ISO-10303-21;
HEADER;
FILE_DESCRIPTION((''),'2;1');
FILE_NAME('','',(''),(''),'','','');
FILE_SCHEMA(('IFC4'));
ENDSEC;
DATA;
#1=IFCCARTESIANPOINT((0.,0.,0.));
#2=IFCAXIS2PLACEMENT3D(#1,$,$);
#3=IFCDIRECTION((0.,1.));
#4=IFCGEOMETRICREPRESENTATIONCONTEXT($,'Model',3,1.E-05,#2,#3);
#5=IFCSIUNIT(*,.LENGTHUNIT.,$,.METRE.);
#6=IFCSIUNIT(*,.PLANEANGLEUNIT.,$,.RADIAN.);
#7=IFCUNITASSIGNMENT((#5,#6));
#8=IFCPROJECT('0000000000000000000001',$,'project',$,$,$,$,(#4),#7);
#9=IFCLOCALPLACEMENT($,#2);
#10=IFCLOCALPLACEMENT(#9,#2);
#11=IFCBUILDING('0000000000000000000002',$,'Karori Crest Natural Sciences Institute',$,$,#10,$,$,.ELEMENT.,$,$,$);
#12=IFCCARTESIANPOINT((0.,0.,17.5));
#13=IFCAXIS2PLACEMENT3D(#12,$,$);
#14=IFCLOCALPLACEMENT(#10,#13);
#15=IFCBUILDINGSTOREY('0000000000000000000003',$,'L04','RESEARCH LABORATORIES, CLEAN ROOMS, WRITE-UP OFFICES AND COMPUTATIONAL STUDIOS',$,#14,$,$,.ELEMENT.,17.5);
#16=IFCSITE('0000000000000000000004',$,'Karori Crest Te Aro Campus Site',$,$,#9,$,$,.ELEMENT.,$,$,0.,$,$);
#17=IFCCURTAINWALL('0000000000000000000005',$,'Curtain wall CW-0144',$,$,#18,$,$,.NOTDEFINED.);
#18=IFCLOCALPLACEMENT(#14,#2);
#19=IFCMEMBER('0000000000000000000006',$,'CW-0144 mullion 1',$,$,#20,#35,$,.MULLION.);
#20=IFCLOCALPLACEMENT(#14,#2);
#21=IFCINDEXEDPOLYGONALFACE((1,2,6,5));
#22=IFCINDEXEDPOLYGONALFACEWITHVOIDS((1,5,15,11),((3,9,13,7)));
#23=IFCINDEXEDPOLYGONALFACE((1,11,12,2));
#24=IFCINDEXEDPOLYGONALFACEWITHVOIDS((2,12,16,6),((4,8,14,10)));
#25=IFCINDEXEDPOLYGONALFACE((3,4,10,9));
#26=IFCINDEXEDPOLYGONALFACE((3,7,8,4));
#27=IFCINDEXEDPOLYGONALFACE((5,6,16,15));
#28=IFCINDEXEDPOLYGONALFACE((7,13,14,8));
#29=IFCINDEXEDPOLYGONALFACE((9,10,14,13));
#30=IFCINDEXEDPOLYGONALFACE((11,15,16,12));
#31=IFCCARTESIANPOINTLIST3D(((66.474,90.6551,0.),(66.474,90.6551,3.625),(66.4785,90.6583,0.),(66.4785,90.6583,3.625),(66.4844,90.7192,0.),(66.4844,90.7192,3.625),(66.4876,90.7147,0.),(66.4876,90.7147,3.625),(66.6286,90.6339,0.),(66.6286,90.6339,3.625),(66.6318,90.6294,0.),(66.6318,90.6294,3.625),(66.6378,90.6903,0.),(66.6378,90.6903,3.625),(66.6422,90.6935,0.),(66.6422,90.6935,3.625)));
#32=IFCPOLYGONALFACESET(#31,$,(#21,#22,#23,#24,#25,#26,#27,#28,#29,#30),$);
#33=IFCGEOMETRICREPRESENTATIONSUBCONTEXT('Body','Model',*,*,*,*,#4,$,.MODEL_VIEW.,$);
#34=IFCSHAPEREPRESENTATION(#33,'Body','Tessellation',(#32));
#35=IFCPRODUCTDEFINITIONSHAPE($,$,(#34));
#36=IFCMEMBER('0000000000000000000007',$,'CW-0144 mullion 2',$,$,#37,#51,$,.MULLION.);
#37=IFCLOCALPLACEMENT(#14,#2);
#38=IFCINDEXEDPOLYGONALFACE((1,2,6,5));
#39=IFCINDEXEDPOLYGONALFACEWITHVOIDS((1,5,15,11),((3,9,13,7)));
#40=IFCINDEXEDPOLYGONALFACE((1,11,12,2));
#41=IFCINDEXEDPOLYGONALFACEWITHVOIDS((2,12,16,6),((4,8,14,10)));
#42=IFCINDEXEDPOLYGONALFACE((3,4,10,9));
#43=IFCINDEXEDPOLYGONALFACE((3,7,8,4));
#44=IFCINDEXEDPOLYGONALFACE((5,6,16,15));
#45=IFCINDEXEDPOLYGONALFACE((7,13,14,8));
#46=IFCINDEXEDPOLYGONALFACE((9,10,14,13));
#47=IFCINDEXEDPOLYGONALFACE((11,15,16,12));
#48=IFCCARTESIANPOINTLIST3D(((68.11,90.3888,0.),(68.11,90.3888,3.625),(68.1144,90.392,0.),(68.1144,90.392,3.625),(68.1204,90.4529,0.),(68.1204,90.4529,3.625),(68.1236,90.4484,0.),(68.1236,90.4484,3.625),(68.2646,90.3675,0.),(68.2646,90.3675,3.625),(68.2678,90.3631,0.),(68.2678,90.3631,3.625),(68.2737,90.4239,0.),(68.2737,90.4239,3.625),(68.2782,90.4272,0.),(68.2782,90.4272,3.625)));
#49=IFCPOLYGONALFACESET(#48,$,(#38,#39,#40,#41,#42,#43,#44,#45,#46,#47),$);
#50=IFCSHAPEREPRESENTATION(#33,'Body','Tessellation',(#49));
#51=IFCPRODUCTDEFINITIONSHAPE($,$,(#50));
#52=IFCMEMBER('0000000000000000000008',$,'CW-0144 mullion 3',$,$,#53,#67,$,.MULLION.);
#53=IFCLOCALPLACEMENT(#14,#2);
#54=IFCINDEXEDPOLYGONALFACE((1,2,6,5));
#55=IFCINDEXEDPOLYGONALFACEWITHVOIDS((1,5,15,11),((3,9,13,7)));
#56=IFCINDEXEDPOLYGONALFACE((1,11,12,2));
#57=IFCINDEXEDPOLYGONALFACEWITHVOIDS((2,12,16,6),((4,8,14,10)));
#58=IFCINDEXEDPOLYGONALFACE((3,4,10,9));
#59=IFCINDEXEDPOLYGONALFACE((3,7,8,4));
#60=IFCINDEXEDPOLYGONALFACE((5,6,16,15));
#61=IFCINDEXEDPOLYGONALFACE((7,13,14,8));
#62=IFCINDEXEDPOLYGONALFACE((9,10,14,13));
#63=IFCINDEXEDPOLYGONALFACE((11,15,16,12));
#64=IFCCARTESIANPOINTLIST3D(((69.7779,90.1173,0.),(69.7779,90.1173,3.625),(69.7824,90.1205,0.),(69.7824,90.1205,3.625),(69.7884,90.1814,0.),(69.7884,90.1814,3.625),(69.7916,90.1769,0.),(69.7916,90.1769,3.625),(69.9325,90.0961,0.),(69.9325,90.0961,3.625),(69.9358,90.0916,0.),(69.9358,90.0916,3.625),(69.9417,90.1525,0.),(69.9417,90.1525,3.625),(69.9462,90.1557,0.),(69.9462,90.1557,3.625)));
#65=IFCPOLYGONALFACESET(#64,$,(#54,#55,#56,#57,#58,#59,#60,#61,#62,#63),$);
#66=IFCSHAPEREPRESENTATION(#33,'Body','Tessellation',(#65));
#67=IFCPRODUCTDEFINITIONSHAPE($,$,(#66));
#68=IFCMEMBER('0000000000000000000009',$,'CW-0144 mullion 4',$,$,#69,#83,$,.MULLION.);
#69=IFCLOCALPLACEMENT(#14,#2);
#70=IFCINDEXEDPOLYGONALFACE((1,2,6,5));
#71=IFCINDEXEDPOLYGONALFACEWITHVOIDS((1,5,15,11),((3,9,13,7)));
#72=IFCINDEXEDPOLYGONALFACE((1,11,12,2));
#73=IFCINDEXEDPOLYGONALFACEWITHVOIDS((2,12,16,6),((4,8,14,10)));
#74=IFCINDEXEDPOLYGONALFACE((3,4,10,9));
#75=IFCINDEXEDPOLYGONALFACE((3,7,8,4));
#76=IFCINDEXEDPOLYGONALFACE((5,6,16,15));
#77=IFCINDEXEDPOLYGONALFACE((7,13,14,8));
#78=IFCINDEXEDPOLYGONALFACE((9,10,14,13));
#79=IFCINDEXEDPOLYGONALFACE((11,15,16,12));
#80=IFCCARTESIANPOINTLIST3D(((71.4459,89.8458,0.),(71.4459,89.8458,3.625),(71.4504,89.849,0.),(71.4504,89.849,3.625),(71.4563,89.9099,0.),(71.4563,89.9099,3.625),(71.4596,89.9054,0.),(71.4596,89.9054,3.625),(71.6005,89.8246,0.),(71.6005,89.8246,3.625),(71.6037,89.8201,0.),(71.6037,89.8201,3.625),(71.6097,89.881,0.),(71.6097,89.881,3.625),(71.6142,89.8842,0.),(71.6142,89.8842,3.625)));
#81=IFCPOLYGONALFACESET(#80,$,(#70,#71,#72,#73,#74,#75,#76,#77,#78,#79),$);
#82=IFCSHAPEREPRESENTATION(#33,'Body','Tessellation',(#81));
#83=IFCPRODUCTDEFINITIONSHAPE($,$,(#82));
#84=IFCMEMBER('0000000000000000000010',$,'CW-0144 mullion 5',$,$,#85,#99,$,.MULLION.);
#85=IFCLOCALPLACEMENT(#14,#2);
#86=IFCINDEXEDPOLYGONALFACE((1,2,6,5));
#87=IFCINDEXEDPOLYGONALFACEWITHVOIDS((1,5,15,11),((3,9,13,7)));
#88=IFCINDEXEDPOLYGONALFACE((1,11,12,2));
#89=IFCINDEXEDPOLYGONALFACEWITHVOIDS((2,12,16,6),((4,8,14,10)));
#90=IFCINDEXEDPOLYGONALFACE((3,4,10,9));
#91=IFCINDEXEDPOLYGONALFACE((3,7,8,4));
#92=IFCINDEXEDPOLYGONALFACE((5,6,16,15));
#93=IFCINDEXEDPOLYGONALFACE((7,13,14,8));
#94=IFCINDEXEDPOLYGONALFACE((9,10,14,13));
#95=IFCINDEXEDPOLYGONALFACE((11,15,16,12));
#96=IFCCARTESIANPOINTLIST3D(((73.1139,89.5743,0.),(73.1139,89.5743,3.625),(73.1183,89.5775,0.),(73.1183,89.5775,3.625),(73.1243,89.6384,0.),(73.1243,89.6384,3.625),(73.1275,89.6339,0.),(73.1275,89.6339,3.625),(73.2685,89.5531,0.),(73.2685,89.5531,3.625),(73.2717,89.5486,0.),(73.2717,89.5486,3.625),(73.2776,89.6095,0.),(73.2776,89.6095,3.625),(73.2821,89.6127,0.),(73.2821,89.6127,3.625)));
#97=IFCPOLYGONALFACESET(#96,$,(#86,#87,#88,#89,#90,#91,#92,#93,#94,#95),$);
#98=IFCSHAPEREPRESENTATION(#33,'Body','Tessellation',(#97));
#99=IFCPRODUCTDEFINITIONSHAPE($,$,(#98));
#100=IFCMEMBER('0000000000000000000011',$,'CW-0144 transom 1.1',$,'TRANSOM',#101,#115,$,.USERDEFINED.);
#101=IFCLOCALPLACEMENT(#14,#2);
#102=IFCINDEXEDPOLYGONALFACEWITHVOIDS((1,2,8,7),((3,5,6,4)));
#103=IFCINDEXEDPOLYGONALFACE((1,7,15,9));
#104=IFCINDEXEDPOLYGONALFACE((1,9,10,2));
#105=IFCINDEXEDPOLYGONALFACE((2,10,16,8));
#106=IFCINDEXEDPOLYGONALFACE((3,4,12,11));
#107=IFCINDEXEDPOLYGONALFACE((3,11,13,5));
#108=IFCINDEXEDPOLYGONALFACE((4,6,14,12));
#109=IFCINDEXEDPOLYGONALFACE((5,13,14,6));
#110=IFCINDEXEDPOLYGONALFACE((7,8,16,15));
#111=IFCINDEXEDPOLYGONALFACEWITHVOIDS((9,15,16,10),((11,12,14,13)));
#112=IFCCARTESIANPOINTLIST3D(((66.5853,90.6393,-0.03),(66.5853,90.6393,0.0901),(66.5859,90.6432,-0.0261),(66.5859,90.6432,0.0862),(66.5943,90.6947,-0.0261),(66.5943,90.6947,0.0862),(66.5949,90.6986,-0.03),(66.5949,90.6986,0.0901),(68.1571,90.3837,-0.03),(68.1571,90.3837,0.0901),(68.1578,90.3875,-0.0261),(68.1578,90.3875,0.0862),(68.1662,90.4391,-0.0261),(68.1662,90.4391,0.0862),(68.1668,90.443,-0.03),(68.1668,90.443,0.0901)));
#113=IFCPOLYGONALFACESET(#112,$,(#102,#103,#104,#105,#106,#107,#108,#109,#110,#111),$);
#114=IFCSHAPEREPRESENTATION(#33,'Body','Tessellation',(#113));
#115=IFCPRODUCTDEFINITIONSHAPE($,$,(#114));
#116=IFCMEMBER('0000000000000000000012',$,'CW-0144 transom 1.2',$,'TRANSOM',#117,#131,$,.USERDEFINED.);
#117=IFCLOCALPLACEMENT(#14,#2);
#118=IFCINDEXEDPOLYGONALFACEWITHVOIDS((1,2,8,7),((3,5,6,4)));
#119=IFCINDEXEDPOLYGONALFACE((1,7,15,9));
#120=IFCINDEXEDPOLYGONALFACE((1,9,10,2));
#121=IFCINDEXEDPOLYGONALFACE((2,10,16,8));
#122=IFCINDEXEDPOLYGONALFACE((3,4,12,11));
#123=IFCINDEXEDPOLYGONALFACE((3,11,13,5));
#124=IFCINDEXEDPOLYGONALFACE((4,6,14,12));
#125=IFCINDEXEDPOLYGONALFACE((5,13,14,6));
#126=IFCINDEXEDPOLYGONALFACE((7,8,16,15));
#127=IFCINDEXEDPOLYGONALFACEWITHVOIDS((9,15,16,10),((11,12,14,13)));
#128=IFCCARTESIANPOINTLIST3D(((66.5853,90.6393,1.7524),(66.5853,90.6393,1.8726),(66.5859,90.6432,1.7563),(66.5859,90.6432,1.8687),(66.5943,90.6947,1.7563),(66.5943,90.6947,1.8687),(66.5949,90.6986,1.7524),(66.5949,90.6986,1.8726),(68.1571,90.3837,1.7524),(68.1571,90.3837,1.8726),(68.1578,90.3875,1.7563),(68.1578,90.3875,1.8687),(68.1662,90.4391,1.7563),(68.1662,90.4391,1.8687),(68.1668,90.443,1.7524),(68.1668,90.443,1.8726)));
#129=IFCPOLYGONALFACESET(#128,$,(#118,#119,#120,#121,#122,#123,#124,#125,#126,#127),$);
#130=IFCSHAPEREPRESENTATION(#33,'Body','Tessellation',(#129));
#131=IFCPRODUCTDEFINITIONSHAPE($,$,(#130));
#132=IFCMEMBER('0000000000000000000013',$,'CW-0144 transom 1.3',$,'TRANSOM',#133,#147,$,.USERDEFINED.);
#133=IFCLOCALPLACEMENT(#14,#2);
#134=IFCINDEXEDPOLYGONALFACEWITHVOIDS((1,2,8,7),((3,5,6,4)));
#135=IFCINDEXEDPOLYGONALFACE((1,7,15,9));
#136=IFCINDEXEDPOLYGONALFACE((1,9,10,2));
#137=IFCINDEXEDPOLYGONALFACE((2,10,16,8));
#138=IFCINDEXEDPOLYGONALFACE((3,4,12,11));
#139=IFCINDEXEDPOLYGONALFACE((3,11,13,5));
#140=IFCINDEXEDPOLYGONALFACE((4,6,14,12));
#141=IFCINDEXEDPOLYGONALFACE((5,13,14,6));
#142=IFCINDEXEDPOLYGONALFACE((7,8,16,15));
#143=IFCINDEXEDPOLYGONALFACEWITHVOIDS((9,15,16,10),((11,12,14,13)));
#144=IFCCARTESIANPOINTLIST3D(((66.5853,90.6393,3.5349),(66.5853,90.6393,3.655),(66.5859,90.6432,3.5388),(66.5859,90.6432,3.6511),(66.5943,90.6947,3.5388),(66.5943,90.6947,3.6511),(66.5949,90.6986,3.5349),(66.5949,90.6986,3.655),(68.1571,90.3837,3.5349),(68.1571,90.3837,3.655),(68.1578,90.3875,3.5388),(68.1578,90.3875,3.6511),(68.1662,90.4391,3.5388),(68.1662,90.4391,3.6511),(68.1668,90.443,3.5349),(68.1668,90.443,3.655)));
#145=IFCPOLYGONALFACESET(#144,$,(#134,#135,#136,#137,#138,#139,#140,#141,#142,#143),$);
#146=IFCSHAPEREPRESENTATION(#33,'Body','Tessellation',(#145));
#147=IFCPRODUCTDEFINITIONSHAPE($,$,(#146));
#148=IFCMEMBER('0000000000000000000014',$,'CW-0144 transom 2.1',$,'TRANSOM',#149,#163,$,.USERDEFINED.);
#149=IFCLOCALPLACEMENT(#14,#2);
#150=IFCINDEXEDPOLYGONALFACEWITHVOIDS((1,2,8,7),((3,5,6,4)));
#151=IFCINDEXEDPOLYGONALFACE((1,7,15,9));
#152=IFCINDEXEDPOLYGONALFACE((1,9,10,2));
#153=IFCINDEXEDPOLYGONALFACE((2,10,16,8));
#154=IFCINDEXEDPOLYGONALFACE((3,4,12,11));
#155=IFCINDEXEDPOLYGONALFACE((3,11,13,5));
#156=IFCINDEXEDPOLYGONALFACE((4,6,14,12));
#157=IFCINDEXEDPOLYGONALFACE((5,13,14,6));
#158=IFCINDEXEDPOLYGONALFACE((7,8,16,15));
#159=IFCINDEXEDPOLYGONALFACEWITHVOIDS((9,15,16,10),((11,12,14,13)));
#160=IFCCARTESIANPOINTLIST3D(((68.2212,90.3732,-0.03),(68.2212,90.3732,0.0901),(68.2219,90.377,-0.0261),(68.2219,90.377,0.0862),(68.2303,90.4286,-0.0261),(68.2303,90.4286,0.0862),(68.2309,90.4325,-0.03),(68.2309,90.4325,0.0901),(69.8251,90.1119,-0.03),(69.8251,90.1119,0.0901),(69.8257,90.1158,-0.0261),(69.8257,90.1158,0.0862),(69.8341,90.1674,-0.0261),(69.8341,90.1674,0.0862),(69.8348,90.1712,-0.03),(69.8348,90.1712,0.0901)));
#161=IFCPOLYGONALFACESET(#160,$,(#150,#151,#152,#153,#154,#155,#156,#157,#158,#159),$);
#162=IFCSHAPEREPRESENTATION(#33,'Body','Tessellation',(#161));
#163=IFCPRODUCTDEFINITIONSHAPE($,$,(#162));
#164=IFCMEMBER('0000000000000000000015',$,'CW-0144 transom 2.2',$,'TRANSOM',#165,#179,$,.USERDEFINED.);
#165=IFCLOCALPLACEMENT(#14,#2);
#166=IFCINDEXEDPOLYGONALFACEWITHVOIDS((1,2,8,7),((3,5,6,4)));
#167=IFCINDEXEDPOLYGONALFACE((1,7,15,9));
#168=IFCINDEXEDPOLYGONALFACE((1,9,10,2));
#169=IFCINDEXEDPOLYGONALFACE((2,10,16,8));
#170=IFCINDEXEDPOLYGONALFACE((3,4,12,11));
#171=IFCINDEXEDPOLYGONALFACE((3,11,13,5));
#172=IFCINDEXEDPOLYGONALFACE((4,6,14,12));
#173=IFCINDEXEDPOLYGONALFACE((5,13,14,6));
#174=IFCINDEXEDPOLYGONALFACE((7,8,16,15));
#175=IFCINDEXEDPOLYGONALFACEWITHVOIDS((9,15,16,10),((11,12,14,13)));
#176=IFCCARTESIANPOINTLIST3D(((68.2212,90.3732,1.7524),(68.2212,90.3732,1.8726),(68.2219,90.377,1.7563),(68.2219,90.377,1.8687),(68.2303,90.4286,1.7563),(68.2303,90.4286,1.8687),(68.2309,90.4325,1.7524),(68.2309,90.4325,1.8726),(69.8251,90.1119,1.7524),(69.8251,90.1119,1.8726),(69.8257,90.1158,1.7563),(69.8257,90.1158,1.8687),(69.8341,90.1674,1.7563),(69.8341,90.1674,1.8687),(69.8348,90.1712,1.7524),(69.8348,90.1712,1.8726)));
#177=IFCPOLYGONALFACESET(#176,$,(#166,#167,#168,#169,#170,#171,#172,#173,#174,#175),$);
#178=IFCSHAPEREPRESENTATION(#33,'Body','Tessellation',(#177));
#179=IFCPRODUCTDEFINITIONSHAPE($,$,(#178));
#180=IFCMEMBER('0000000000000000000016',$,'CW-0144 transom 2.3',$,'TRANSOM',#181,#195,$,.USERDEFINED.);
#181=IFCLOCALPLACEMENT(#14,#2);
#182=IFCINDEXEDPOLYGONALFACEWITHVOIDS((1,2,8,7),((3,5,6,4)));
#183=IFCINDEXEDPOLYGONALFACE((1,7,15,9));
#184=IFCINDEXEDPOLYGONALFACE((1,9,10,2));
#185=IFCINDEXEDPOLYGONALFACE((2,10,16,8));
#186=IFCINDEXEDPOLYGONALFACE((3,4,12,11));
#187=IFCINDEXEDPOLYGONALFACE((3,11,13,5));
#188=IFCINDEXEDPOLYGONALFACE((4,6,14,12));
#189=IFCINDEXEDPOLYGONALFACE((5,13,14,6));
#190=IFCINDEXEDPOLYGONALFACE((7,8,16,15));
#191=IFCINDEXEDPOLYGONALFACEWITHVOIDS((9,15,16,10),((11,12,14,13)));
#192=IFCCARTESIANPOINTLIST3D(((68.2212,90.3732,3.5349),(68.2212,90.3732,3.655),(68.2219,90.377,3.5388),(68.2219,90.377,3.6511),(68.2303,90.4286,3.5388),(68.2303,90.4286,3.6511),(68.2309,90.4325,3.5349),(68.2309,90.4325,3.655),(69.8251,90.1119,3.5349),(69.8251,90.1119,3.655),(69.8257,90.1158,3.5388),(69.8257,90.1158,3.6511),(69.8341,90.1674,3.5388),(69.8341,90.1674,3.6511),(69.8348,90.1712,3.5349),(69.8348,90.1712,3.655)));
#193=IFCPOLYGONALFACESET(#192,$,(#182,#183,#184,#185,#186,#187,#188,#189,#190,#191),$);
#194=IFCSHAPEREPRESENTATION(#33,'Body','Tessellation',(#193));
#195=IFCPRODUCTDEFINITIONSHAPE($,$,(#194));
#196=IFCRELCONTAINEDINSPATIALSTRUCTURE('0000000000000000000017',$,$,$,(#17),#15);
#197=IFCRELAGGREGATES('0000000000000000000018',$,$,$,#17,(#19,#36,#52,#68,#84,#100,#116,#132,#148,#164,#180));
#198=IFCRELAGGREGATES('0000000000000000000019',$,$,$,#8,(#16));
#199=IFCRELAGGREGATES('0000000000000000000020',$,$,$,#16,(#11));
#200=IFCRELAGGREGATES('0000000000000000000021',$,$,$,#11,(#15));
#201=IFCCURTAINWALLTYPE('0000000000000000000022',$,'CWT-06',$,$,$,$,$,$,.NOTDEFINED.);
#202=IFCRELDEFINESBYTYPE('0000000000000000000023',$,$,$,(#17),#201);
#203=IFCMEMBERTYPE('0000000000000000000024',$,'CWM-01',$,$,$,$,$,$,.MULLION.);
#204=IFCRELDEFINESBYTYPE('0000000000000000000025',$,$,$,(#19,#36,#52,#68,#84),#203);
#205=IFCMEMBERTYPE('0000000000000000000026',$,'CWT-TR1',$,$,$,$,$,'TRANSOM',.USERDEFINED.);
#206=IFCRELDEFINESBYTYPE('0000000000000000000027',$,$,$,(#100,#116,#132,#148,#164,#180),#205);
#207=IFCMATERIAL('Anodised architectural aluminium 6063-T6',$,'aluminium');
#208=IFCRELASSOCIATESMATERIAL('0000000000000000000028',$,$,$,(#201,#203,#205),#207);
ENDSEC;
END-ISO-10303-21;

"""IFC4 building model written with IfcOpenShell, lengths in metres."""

from ifc_helpers import new_model, si_unit, direction, frame, origin, origin_2d, place, context, subcontext, project, spatial, hollow_rectangle, extrude, material, material_profile, profile_set, type_object, element, aggregate, save


model = new_model("IFC4")

# Units and contexts
model_context = context("Model", 3, precision=1e-05, world=origin(), true_north=direction((0.0, 1.0)))
body_context = subcontext(model_context, "Body", "Model", "MODEL_VIEW")
ifc_project = project(units=[si_unit("LENGTHUNIT", "METRE"), si_unit("PLANEANGLEUNIT", "RADIAN")], contexts=[model_context])

# Site, building, storey
site_placement = place(None, origin())
site = spatial("IfcSite", under=ifc_project, at=site_placement, Name="Karori Crest Te Aro Campus Site", CompositionType="ELEMENT", RefElevation=0.0)
building_placement = place(site_placement, origin())
building = spatial("IfcBuilding", under=site, at=building_placement, Name="Karori Crest Natural Sciences Institute", CompositionType="ELEMENT")
storey_placement = place(building_placement, frame((0.0, 0.0, 17.5)))
storey = spatial("IfcBuildingStorey", under=building, at=storey_placement, Name="L04", Description="RESEARCH LABORATORIES, CLEAN ROOMS, WRITE-UP OFFICES AND COMPUTATIONAL STUDIOS", CompositionType="ELEMENT", Elevation=17.5)

# Curtain wall, members
ifc_material_1 = material(Name="Anodised architectural aluminium 6063-T6", Category="aluminium")
curtain_wall_type = type_object("IfcCurtainWallType", Name="CWT-06", PredefinedType="NOTDEFINED", material=ifc_material_1)
curtain_wall_placement = place(storey_placement, origin())
curtain_wall = element("IfcCurtainWall", 1, at=curtain_wall_placement, inside=storey, type_object=curtain_wall_type, Name="Curtain wall CW-0144", PredefinedType="NOTDEFINED")
ifc_material_profile_1 = material_profile(ifc_material_1, hollow_rectangle(XDim=0.0649, YDim=0.1599, WallThickness=0.0039, at=origin_2d()), Name="CWM160x65x4")
ifc_profile_set_1 = profile_set([ifc_material_profile_1], Name="Anodised architectural aluminium 6063-T6")
member_type_1 = type_object("IfcMemberType", Name="CWM-01", PredefinedType="MULLION", material=ifc_profile_set_1)
member_1_placement = place(storey_placement, frame((66.5581, 90.6743, 0.0), z_axis=(0.0, 0.0, 1.0), x_axis=(0.160655, 0.987011, 0.0)))
member_1 = element("IfcMember", 2, at=member_1_placement, type_object=member_type_1, Name="CW-0144 mullion 1", PredefinedType="MULLION", context=body_context, shape_type="SweptSolid", body=[
    extrude(hollow_rectangle(XDim=0.0649, YDim=0.1599, WallThickness=0.0039, at=origin_2d()), origin(), (0.0, 0.0, 1.0), 3.625),
])
member_2_placement = place(storey_placement, frame((68.1941, 90.408, 0.0), z_axis=(0.0, 0.0, 1.0), x_axis=(0.160655, 0.987011, 0.0)))
member_2 = element("IfcMember", 3, at=member_2_placement, type_object=member_type_1, Name="CW-0144 mullion 2", PredefinedType="MULLION", context=body_context, shape_type="SweptSolid", body=[
    extrude(hollow_rectangle(XDim=0.0649, YDim=0.1599, WallThickness=0.0039, at=origin_2d()), origin(), (0.0, 0.0, 1.0), 3.625),
])
member_3_placement = place(storey_placement, frame((69.8621, 90.1365, 0.0), z_axis=(0.0, 0.0, 1.0), x_axis=(0.160655, 0.987011, 0.0)))
member_3 = element("IfcMember", 4, at=member_3_placement, type_object=member_type_1, Name="CW-0144 mullion 3", PredefinedType="MULLION", context=body_context, shape_type="SweptSolid", body=[
    extrude(hollow_rectangle(XDim=0.0649, YDim=0.1599, WallThickness=0.0039, at=origin_2d()), origin(), (0.0, 0.0, 1.0), 3.625),
])
member_4_placement = place(storey_placement, frame((71.53, 89.865, 0.0), z_axis=(0.0, 0.0, 1.0), x_axis=(0.160655, 0.987011, 0.0)))
member_4 = element("IfcMember", 5, at=member_4_placement, type_object=member_type_1, Name="CW-0144 mullion 4", PredefinedType="MULLION", context=body_context, shape_type="SweptSolid", body=[
    extrude(hollow_rectangle(XDim=0.0649, YDim=0.1599, WallThickness=0.0039, at=origin_2d()), origin(), (0.0, 0.0, 1.0), 3.625),
])
member_5_placement = place(storey_placement, frame((73.198, 89.5935, 0.0), z_axis=(0.0, 0.0, 1.0), x_axis=(0.160655, 0.987011, 0.0)))
member_5 = element("IfcMember", 6, at=member_5_placement, type_object=member_type_1, Name="CW-0144 mullion 5", PredefinedType="MULLION", context=body_context, shape_type="SweptSolid", body=[
    extrude(hollow_rectangle(XDim=0.0649, YDim=0.1599, WallThickness=0.0039, at=origin_2d()), origin(), (0.0, 0.0, 1.0), 3.625),
])
ifc_material_profile_2 = material_profile(ifc_material_1, hollow_rectangle(XDim=0.0601, YDim=0.1201, WallThickness=0.0039, at=origin_2d()), Name="CWT120x60x4")
ifc_profile_set_2 = profile_set([ifc_material_profile_2], Name="Anodised architectural aluminium 6063-T6")
member_type_2 = type_object("IfcMemberType", Name="CWT-TR1", ElementType="TRANSOM", PredefinedType="USERDEFINED", material=ifc_profile_set_2)
member_6_placement = place(storey_placement, frame((66.5901, 90.6689, 0.03), z_axis=(0.987033, -0.160519, 0.0), x_axis=(0.160519, 0.987033, 0.0)))
member_6 = element("IfcMember", 7, at=member_6_placement, type_object=member_type_2, Name="CW-0144 transom 1.1", ObjectType="TRANSOM", PredefinedType="USERDEFINED", context=body_context, shape_type="SweptSolid", body=[
    extrude(hollow_rectangle(XDim=0.0601, YDim=0.1201, WallThickness=0.0039, at=origin_2d()), origin(), (0.0, 0.0, 1.0), 1.5925),
])
member_7_placement = place(storey_placement, frame((66.5901, 90.6689, 1.8125), z_axis=(0.987033, -0.160519, 0.0), x_axis=(0.160519, 0.987033, 0.0)))
member_7 = element("IfcMember", 8, at=member_7_placement, type_object=member_type_2, Name="CW-0144 transom 1.2", ObjectType="TRANSOM", PredefinedType="USERDEFINED", context=body_context, shape_type="SweptSolid", body=[
    extrude(hollow_rectangle(XDim=0.0601, YDim=0.1201, WallThickness=0.0039, at=origin_2d()), origin(), (0.0, 0.0, 1.0), 1.5925),
])
member_8_placement = place(storey_placement, frame((66.5901, 90.6689, 3.595), z_axis=(0.987033, -0.160519, 0.0), x_axis=(0.160519, 0.987033, 0.0)))
member_8 = element("IfcMember", 9, at=member_8_placement, type_object=member_type_2, Name="CW-0144 transom 1.3", ObjectType="TRANSOM", PredefinedType="USERDEFINED", context=body_context, shape_type="SweptSolid", body=[
    extrude(hollow_rectangle(XDim=0.0601, YDim=0.1201, WallThickness=0.0039, at=origin_2d()), origin(), (0.0, 0.0, 1.0), 1.5925),
])
member_9_placement = place(storey_placement, frame((68.2261, 90.4028, 0.03), z_axis=(0.986992, -0.160768, 0.0), x_axis=(0.160768, 0.986992, 0.0)))
member_9 = element("IfcMember", 10, at=member_9_placement, type_object=member_type_2, Name="CW-0144 transom 2.1", ObjectType="TRANSOM", PredefinedType="USERDEFINED", context=body_context, shape_type="SweptSolid", body=[
    extrude(hollow_rectangle(XDim=0.0601, YDim=0.1201, WallThickness=0.0039, at=origin_2d()), origin(), (0.0, 0.0, 1.0), 1.625),
])
member_10_placement = place(storey_placement, frame((68.2261, 90.4028, 1.8125), z_axis=(0.986992, -0.160768, 0.0), x_axis=(0.160768, 0.986992, 0.0)))
member_10 = element("IfcMember", 11, at=member_10_placement, type_object=member_type_2, Name="CW-0144 transom 2.2", ObjectType="TRANSOM", PredefinedType="USERDEFINED", context=body_context, shape_type="SweptSolid", body=[
    extrude(hollow_rectangle(XDim=0.0601, YDim=0.1201, WallThickness=0.0039, at=origin_2d()), origin(), (0.0, 0.0, 1.0), 1.625),
])
member_11_placement = place(storey_placement, frame((68.2261, 90.4028, 3.595), z_axis=(0.986992, -0.160768, 0.0), x_axis=(0.160768, 0.986992, 0.0)))
member_11 = element("IfcMember", 12, at=member_11_placement, type_object=member_type_2, Name="CW-0144 transom 2.3", ObjectType="TRANSOM", PredefinedType="USERDEFINED", context=body_context, shape_type="SweptSolid", body=[
    extrude(hollow_rectangle(XDim=0.0601, YDim=0.1201, WallThickness=0.0039, at=origin_2d()), origin(), (0.0, 0.0, 1.0), 1.625),
])
aggregate(curtain_wall, [member_1, member_2, member_3, member_4, member_5, member_6, member_7, member_8, member_9, member_10, member_11])

save(model, "model.ifc")
